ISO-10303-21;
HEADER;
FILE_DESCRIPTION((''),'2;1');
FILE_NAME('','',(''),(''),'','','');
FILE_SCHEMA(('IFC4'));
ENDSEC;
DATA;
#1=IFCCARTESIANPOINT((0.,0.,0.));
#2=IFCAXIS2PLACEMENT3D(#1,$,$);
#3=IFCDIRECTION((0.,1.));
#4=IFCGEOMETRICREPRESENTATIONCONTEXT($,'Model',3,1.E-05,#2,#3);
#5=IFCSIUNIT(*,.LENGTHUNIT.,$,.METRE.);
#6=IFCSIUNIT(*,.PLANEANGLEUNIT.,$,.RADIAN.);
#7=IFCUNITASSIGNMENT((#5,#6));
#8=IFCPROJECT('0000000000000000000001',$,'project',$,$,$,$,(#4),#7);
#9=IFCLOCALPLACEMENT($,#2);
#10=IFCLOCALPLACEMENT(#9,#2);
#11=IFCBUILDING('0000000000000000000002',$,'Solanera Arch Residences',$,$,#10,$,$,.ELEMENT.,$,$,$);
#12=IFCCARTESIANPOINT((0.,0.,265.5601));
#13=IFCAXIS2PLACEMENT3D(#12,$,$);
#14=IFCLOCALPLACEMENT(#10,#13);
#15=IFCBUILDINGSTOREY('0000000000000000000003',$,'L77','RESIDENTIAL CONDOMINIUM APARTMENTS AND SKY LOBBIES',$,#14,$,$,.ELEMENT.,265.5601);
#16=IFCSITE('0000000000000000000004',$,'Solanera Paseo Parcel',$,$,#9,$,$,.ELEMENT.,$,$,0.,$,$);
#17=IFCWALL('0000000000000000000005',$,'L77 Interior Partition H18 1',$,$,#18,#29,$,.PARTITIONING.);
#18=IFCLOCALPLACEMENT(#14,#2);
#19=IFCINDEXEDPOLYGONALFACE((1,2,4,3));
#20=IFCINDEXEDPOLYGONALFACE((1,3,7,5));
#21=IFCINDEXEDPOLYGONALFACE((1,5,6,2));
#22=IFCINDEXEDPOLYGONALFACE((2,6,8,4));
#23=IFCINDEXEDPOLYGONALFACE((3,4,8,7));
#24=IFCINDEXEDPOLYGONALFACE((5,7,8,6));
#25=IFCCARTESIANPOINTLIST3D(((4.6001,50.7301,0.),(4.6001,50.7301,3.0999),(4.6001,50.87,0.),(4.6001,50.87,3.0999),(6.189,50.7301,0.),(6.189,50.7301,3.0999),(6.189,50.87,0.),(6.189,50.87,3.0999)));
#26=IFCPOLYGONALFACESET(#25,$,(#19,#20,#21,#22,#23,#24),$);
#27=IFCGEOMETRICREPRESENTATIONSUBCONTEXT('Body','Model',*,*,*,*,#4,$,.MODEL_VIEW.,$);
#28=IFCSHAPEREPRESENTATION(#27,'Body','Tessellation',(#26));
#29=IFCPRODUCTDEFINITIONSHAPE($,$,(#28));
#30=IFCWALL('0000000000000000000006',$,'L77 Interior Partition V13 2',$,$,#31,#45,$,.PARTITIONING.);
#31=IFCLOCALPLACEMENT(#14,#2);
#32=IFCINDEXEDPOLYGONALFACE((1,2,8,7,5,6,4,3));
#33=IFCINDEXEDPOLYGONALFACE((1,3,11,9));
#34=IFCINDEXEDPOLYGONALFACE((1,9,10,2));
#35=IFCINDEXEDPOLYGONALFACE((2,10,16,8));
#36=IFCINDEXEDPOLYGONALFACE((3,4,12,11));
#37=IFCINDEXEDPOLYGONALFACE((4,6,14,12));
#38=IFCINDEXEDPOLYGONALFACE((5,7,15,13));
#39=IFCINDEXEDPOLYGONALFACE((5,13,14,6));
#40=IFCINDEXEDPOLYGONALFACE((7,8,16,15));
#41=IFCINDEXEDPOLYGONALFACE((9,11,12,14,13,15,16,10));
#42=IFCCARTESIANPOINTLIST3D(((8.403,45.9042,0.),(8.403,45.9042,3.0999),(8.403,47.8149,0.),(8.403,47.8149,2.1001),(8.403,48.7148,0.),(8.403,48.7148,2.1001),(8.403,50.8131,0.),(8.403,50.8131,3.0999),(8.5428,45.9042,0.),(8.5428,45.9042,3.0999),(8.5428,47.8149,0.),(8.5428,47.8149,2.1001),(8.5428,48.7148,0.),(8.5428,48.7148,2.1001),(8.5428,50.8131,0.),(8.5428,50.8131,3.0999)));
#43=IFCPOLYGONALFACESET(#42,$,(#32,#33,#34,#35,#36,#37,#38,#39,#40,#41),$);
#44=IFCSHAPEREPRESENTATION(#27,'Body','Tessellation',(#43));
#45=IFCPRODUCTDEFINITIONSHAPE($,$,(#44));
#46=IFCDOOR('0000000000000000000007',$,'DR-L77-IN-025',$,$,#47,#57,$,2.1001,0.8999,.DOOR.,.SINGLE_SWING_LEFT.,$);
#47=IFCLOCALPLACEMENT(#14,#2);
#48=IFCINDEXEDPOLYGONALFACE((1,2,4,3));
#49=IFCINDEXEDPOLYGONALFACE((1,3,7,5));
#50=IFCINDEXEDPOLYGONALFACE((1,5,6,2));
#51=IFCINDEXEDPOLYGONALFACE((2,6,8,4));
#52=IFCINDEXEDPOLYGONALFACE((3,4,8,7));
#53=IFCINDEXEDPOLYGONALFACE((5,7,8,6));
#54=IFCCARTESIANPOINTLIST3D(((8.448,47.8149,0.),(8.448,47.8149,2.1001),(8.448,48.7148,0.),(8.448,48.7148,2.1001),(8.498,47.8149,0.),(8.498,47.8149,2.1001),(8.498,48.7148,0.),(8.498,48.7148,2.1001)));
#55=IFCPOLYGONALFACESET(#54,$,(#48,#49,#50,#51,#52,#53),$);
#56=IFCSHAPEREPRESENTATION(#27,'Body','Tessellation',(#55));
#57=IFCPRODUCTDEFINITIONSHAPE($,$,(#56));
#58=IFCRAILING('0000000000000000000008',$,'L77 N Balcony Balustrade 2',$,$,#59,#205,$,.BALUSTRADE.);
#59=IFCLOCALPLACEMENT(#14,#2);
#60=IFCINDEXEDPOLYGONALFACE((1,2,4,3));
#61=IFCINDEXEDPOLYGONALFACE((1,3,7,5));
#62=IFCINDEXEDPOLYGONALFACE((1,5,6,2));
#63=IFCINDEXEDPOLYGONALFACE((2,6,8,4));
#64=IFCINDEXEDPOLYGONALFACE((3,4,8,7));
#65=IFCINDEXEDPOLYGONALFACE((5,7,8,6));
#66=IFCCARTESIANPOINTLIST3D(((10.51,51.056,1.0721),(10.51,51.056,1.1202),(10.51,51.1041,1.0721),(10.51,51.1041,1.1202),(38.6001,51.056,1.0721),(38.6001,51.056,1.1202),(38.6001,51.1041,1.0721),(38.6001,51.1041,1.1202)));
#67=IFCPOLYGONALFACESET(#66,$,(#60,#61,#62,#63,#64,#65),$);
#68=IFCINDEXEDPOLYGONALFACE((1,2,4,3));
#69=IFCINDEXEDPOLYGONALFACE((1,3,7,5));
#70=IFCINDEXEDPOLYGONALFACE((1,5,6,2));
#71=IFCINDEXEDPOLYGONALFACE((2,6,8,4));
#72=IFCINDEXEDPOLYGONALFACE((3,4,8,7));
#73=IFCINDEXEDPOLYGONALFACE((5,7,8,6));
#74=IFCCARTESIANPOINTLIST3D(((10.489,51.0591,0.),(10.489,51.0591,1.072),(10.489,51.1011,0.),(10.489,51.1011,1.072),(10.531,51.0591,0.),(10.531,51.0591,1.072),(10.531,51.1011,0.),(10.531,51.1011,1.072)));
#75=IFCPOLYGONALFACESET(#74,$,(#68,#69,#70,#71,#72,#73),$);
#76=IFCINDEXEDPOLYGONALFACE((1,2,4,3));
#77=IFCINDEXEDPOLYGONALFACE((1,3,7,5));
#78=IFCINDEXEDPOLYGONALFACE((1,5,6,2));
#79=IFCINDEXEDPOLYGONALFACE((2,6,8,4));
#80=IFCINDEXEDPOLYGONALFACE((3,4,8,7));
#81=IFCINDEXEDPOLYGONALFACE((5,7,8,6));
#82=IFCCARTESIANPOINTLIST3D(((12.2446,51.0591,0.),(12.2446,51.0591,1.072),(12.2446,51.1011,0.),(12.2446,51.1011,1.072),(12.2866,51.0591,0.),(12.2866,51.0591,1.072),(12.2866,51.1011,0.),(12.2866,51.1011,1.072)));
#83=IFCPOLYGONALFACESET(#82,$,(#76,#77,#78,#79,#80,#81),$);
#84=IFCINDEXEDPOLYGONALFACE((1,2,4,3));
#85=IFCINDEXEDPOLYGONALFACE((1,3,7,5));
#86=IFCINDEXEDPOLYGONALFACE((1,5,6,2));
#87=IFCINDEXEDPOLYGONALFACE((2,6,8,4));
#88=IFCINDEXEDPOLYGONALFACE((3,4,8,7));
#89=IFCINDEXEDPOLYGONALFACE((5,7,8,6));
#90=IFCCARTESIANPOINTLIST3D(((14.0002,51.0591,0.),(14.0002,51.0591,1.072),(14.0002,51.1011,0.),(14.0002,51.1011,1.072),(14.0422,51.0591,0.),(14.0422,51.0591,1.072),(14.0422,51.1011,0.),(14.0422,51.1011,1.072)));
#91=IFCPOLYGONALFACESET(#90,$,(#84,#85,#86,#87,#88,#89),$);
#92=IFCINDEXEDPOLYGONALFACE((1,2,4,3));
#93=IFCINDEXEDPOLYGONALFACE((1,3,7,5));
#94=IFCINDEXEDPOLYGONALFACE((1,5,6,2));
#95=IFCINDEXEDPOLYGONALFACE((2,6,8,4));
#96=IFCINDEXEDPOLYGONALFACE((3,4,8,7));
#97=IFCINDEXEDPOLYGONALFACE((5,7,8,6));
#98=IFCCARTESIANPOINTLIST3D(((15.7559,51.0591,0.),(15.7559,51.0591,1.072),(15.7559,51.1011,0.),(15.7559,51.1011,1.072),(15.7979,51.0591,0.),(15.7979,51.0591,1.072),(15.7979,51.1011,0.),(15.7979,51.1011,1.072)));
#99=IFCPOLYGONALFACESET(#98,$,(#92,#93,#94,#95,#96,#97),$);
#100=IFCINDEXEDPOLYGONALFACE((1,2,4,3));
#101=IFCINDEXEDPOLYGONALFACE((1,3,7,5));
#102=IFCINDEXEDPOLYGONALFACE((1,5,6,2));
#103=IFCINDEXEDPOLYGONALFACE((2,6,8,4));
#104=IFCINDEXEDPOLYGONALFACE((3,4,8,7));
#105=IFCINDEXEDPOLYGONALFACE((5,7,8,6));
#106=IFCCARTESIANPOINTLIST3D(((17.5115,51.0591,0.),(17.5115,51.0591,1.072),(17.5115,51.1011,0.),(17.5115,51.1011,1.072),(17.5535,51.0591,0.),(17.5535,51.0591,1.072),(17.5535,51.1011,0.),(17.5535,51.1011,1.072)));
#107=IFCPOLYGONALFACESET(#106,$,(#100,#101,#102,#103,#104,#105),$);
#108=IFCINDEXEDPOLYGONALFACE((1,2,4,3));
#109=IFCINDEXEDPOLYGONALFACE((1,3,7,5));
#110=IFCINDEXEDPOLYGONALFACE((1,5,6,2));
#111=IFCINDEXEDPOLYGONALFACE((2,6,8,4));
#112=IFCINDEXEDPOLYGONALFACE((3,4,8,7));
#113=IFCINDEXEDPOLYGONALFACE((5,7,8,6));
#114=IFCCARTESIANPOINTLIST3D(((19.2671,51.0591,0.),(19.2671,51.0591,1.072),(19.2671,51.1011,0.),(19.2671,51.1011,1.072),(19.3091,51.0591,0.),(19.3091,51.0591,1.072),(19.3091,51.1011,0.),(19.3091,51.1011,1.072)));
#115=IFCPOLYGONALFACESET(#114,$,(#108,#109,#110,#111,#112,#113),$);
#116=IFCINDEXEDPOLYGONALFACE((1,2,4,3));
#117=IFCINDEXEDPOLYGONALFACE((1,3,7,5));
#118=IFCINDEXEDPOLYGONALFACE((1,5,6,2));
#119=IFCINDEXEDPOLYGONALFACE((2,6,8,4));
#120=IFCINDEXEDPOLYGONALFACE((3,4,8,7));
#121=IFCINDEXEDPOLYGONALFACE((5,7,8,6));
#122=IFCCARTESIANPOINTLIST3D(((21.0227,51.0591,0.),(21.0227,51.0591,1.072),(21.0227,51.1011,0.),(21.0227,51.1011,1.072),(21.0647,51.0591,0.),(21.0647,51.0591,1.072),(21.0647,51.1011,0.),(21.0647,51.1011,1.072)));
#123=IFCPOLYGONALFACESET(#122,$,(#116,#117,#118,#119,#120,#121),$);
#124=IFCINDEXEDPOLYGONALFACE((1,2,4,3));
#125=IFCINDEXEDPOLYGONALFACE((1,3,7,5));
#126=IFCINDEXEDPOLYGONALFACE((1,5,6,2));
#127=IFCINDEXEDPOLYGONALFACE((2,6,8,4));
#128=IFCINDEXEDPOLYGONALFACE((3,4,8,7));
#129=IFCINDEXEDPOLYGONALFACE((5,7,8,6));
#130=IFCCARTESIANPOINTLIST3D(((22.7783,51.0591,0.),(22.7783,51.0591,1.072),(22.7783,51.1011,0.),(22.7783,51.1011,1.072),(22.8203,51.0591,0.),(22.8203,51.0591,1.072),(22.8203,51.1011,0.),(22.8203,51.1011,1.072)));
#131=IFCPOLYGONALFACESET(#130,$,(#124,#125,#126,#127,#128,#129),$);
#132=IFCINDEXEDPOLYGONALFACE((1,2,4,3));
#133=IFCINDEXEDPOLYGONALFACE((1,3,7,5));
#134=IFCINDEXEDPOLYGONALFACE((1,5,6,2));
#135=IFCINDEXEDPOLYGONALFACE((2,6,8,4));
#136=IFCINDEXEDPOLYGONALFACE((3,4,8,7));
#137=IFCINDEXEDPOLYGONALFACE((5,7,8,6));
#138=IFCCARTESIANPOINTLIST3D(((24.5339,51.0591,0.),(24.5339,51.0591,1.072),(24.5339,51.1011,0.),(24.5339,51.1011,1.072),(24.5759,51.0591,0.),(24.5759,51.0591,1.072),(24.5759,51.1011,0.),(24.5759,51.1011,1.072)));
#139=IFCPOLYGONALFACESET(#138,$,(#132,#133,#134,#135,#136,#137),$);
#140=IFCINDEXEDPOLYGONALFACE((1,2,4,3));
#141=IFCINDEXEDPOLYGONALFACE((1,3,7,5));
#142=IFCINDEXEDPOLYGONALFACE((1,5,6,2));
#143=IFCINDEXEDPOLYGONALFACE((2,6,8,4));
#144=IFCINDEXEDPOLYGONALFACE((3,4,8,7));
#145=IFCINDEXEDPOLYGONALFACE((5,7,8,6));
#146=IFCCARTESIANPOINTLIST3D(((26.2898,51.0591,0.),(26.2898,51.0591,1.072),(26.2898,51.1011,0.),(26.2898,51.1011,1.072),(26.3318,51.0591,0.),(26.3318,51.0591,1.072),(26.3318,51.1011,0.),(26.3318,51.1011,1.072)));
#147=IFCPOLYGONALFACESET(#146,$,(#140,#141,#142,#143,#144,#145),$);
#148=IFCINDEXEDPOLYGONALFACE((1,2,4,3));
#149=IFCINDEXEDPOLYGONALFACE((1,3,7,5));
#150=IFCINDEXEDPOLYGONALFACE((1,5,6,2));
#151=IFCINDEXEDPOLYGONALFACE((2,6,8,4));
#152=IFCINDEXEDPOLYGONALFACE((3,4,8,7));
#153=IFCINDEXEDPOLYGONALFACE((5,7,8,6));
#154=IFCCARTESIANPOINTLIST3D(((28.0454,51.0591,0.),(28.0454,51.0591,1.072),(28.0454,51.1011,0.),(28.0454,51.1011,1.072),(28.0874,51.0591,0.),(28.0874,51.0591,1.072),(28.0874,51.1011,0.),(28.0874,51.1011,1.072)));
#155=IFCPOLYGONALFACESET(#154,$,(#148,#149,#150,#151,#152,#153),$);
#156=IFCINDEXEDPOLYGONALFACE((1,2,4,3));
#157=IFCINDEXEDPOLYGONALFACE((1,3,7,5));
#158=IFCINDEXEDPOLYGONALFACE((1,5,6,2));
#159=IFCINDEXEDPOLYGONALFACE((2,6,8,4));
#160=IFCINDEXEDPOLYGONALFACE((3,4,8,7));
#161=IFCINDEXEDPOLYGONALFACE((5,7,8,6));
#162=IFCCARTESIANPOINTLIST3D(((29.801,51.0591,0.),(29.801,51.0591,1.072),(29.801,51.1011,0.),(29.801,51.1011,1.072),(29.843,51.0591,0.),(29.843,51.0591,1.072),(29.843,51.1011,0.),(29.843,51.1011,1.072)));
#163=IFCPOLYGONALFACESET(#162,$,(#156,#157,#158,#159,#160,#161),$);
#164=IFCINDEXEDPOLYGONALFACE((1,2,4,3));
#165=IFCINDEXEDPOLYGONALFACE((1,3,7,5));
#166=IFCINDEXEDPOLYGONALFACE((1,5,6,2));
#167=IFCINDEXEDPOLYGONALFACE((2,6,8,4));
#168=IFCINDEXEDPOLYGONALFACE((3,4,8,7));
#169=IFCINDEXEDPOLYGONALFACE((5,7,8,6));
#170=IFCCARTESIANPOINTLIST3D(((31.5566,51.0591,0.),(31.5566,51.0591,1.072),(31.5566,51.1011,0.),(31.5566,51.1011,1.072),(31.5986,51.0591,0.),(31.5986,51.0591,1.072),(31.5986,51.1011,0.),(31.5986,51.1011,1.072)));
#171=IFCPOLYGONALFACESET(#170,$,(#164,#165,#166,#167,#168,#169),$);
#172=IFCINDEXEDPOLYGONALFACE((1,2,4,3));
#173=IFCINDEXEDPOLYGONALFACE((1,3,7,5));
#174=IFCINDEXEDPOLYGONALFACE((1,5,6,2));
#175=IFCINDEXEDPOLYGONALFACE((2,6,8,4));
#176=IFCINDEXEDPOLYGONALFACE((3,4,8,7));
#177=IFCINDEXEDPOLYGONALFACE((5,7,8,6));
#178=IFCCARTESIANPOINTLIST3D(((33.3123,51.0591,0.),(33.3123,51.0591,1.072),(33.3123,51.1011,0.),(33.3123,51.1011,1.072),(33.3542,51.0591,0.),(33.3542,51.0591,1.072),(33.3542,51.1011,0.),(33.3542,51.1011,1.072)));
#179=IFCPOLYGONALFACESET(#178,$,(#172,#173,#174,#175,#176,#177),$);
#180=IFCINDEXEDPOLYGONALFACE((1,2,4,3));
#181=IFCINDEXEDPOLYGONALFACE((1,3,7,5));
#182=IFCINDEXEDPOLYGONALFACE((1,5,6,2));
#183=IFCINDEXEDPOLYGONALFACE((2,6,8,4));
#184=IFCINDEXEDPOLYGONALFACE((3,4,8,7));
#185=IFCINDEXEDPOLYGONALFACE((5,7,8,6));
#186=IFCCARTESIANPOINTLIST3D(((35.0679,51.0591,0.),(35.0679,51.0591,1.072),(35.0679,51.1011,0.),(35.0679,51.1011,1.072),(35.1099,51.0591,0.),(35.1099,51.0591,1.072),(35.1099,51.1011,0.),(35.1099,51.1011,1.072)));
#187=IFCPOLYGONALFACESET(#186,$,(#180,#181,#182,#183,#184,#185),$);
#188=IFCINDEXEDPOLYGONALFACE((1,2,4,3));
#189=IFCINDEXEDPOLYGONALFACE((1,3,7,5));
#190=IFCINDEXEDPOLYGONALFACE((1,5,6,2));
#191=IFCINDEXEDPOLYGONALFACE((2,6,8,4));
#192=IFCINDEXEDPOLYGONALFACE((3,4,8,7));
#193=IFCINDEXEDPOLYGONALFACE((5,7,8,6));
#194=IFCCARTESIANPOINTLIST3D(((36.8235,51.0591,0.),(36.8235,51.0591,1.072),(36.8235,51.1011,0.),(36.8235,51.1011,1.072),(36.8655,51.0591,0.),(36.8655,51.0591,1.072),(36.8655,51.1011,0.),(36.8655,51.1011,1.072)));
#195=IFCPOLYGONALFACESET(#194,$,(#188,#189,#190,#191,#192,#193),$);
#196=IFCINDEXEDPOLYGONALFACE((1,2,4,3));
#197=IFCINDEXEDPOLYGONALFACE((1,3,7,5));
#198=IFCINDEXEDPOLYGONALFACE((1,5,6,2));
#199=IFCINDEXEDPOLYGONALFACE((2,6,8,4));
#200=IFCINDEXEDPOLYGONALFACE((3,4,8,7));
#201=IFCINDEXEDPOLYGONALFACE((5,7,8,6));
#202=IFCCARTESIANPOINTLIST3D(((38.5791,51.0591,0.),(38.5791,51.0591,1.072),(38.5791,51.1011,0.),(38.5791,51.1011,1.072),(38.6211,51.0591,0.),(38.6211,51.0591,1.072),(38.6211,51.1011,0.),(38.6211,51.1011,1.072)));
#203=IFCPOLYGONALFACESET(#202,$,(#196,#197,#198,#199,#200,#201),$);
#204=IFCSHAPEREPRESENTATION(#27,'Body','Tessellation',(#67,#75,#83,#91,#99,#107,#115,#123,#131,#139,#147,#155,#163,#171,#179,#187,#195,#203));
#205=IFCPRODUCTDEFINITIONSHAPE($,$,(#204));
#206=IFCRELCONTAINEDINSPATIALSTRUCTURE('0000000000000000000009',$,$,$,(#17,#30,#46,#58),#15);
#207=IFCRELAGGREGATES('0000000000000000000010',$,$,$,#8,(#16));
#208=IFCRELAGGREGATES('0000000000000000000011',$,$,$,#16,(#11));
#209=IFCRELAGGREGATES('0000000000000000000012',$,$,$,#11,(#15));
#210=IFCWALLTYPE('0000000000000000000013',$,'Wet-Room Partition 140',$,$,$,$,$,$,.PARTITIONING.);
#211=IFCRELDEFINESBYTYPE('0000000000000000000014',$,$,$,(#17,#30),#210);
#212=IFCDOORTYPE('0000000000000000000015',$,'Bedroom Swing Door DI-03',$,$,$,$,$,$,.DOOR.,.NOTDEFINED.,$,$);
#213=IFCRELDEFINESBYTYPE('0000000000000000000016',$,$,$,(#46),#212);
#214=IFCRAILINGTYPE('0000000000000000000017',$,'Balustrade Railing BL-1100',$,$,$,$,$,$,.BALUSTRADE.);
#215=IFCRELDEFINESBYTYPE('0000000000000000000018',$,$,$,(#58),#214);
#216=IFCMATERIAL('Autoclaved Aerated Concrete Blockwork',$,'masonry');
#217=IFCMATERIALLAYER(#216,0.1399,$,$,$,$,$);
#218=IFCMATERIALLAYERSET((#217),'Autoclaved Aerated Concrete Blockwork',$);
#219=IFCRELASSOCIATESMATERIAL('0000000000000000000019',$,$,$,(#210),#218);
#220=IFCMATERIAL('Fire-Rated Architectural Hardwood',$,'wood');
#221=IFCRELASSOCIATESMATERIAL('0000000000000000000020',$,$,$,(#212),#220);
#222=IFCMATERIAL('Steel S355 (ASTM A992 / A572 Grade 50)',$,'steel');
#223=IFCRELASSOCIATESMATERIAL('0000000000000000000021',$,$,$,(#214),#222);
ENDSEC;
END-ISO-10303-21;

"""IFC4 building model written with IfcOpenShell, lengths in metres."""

from ifc_helpers import new_model, si_unit, direction, frame, frame_2d, origin, origin_2d, place, context, subcontext, project, spatial, rectangle, extrude, material, layer, layer_set, type_object, element, fill, save


model = new_model("IFC4")

# Units and contexts
model_context = context("Model", 3, precision=1e-05, world=origin(), true_north=direction((0.0, 1.0)))
body_context = subcontext(model_context, "Body", "Model", "MODEL_VIEW")
ifc_project = project(units=[si_unit("LENGTHUNIT", "METRE"), si_unit("PLANEANGLEUNIT", "RADIAN")], contexts=[model_context])

# Site, building, storey
site_placement = place(None, origin())
site = spatial("IfcSite", under=ifc_project, at=site_placement, Name="Solanera Paseo Parcel", CompositionType="ELEMENT", RefElevation=0.0)
building_placement = place(site_placement, origin())
building = spatial("IfcBuilding", under=site, at=building_placement, Name="Solanera Arch Residences", CompositionType="ELEMENT")
storey_placement = place(building_placement, frame((0.0, 0.0, 265.5601)))
storey = spatial("IfcBuildingStorey", under=building, at=storey_placement, Name="L77", Description="RESIDENTIAL CONDOMINIUM APARTMENTS AND SKY LOBBIES", CompositionType="ELEMENT", Elevation=265.5601)

# Wall
ifc_material_1 = material(Name="Autoclaved Aerated Concrete Blockwork", Category="masonry")
ifc_layer_1 = layer(ifc_material_1, 0.1399)
ifc_layer_set_1 = layer_set([ifc_layer_1], Name="Autoclaved Aerated Concrete Blockwork")
wall_type_1 = type_object("IfcWallType", Name="Wet-Room Partition 140", PredefinedType="PARTITIONING", material=ifc_layer_set_1)
wall_1_placement = place(storey_placement, frame((4.6001, 50.8, 0.0), z_axis=(0.0, 0.0, 1.0), x_axis=(1.0, 0.0, 0.0)))
element("IfcWall", 1, at=wall_1_placement, inside=storey, type_object=wall_type_1, Name="L77 Interior Partition H18 1", PredefinedType="PARTITIONING", context=body_context, shape_type="SweptSolid", body=[
    extrude(rectangle(XDim=1.5889, YDim=0.1399, at=frame_2d((0.7944, 0.0))), origin(), (0.0, 0.0, 1.0), 3.0999),
])

# Wall, opening, door
wall_2_placement = place(storey_placement, frame((8.4729, 45.9041, 0.0), z_axis=(0.0, 0.0, 1.0), x_axis=(0.0, 1.0, 0.0)))
wall_2 = element("IfcWall", 2, at=wall_2_placement, inside=storey, type_object=wall_type_1, Name="L77 Interior Partition V13 2", PredefinedType="PARTITIONING", context=body_context, shape_type="SweptSolid", body=[
    extrude(rectangle(XDim=4.9089, YDim=0.1399, at=frame_2d((2.4546, 0.0))), origin(), (0.0, 0.0, 1.0), 3.0999),
])
opening_1_placement = place(wall_2_placement, frame((1.9109, 0.0, 0.0)))
opening_1 = element("IfcOpeningElement", 3, at=opening_1_placement, cuts=wall_2, PredefinedType="OPENING", context=body_context, shape_type="SweptSolid", body=[
    extrude(rectangle(XDim=0.8999, YDim=2.1001, at=frame_2d((0.45, 1.05))), frame((0.0, 0.0798, 0.0), z_axis=(0.0, -1.0, 0.0), x_axis=(1.0, 0.0, 0.0)), (0.0, 0.0, 1.0), 0.1599),
])
ifc_material_2 = material(Name="Fire-Rated Architectural Hardwood", Category="wood")
door_type_1 = type_object("IfcDoorType", Name="Bedroom Swing Door DI-03", OperationType="NOTDEFINED", PredefinedType="DOOR", material=ifc_material_2)
door_1_placement = place(opening_1_placement, origin())
door_1 = element("IfcDoor", 4, at=door_1_placement, inside=storey, type_object=door_type_1, Name="DR-L77-IN-025", OperationType="SINGLE_SWING_LEFT", OverallHeight=2.1001, OverallWidth=0.8999, PredefinedType="DOOR", context=body_context, shape_type="SweptSolid", body=[
    extrude(rectangle(XDim=0.8999, YDim=2.1001, at=frame_2d((0.45, 1.05))), frame((0.0, 0.0249, 0.0), z_axis=(0.0, -1.0, 0.0), x_axis=(1.0, 0.0, 0.0)), (0.0, 0.0, 1.0), 0.05),
])
fill(opening_1, door_1)

# Railing
ifc_material_3 = material(Name="Steel S355 (ASTM A992 / A572 Grade 50)", Category="steel")
railing_type = type_object("IfcRailingType", Name="Balustrade Railing BL-1100", PredefinedType="BALUSTRADE", material=ifc_material_3)
railing_1_placement = place(storey_placement, frame((10.51, 51.0801, 0.0)))
element("IfcRailing", 5, at=railing_1_placement, inside=storey, type_object=railing_type, Name="L77 N Balcony Balustrade 2", PredefinedType="BALUSTRADE", context=body_context, shape_type="SweptSolid", body=[
    extrude(rectangle(XDim=0.0481, YDim=0.0481, at=origin_2d()), frame((0.0, 0.0, 1.0962), z_axis=(1.0, 0.0, 0.0), x_axis=(0.0, 1.0, 0.0)), (0.0, 0.0, 1.0), 28.0901),
    extrude(rectangle(XDim=0.042, YDim=0.042, at=origin_2d()), origin(), (0.0, 0.0, 1.0), 1.072),
    extrude(rectangle(XDim=0.042, YDim=0.042, at=origin_2d()), frame((1.7556, 0.0, 0.0)), (0.0, 0.0, 1.0), 1.072),
    extrude(rectangle(XDim=0.042, YDim=0.042, at=origin_2d()), frame((3.5112, 0.0, 0.0)), (0.0, 0.0, 1.0), 1.072),
    extrude(rectangle(XDim=0.042, YDim=0.042, at=origin_2d()), frame((5.2668, 0.0, 0.0)), (0.0, 0.0, 1.0), 1.072),
    extrude(rectangle(XDim=0.042, YDim=0.042, at=origin_2d()), frame((7.0225, 0.0, 0.0)), (0.0, 0.0, 1.0), 1.072),
    extrude(rectangle(XDim=0.042, YDim=0.042, at=origin_2d()), frame((8.7781, 0.0, 0.0)), (0.0, 0.0, 1.0), 1.072),
    extrude(rectangle(XDim=0.042, YDim=0.042, at=origin_2d()), frame((10.5337, 0.0, 0.0)), (0.0, 0.0, 1.0), 1.072),
    extrude(rectangle(XDim=0.042, YDim=0.042, at=origin_2d()), frame((12.2893, 0.0, 0.0)), (0.0, 0.0, 1.0), 1.072),
    extrude(rectangle(XDim=0.042, YDim=0.042, at=origin_2d()), frame((14.0449, 0.0, 0.0)), (0.0, 0.0, 1.0), 1.072),
    extrude(rectangle(XDim=0.042, YDim=0.042, at=origin_2d()), frame((15.8008, 0.0, 0.0)), (0.0, 0.0, 1.0), 1.072),
    extrude(rectangle(XDim=0.042, YDim=0.042, at=origin_2d()), frame((17.5564, 0.0, 0.0)), (0.0, 0.0, 1.0), 1.072),
    extrude(rectangle(XDim=0.042, YDim=0.042, at=origin_2d()), frame((19.312, 0.0, 0.0)), (0.0, 0.0, 1.0), 1.072),
    extrude(rectangle(XDim=0.042, YDim=0.042, at=origin_2d()), frame((21.0676, 0.0, 0.0)), (0.0, 0.0, 1.0), 1.072),
    extrude(rectangle(XDim=0.042, YDim=0.042, at=origin_2d()), frame((22.8232, 0.0, 0.0)), (0.0, 0.0, 1.0), 1.072),
    extrude(rectangle(XDim=0.042, YDim=0.042, at=origin_2d()), frame((24.5789, 0.0, 0.0)), (0.0, 0.0, 1.0), 1.072),
    extrude(rectangle(XDim=0.042, YDim=0.042, at=origin_2d()), frame((26.3345, 0.0, 0.0)), (0.0, 0.0, 1.0), 1.072),
    extrude(rectangle(XDim=0.042, YDim=0.042, at=origin_2d()), frame((28.0901, 0.0, 0.0)), (0.0, 0.0, 1.0), 1.072),
])

save(model, "model.ifc")
